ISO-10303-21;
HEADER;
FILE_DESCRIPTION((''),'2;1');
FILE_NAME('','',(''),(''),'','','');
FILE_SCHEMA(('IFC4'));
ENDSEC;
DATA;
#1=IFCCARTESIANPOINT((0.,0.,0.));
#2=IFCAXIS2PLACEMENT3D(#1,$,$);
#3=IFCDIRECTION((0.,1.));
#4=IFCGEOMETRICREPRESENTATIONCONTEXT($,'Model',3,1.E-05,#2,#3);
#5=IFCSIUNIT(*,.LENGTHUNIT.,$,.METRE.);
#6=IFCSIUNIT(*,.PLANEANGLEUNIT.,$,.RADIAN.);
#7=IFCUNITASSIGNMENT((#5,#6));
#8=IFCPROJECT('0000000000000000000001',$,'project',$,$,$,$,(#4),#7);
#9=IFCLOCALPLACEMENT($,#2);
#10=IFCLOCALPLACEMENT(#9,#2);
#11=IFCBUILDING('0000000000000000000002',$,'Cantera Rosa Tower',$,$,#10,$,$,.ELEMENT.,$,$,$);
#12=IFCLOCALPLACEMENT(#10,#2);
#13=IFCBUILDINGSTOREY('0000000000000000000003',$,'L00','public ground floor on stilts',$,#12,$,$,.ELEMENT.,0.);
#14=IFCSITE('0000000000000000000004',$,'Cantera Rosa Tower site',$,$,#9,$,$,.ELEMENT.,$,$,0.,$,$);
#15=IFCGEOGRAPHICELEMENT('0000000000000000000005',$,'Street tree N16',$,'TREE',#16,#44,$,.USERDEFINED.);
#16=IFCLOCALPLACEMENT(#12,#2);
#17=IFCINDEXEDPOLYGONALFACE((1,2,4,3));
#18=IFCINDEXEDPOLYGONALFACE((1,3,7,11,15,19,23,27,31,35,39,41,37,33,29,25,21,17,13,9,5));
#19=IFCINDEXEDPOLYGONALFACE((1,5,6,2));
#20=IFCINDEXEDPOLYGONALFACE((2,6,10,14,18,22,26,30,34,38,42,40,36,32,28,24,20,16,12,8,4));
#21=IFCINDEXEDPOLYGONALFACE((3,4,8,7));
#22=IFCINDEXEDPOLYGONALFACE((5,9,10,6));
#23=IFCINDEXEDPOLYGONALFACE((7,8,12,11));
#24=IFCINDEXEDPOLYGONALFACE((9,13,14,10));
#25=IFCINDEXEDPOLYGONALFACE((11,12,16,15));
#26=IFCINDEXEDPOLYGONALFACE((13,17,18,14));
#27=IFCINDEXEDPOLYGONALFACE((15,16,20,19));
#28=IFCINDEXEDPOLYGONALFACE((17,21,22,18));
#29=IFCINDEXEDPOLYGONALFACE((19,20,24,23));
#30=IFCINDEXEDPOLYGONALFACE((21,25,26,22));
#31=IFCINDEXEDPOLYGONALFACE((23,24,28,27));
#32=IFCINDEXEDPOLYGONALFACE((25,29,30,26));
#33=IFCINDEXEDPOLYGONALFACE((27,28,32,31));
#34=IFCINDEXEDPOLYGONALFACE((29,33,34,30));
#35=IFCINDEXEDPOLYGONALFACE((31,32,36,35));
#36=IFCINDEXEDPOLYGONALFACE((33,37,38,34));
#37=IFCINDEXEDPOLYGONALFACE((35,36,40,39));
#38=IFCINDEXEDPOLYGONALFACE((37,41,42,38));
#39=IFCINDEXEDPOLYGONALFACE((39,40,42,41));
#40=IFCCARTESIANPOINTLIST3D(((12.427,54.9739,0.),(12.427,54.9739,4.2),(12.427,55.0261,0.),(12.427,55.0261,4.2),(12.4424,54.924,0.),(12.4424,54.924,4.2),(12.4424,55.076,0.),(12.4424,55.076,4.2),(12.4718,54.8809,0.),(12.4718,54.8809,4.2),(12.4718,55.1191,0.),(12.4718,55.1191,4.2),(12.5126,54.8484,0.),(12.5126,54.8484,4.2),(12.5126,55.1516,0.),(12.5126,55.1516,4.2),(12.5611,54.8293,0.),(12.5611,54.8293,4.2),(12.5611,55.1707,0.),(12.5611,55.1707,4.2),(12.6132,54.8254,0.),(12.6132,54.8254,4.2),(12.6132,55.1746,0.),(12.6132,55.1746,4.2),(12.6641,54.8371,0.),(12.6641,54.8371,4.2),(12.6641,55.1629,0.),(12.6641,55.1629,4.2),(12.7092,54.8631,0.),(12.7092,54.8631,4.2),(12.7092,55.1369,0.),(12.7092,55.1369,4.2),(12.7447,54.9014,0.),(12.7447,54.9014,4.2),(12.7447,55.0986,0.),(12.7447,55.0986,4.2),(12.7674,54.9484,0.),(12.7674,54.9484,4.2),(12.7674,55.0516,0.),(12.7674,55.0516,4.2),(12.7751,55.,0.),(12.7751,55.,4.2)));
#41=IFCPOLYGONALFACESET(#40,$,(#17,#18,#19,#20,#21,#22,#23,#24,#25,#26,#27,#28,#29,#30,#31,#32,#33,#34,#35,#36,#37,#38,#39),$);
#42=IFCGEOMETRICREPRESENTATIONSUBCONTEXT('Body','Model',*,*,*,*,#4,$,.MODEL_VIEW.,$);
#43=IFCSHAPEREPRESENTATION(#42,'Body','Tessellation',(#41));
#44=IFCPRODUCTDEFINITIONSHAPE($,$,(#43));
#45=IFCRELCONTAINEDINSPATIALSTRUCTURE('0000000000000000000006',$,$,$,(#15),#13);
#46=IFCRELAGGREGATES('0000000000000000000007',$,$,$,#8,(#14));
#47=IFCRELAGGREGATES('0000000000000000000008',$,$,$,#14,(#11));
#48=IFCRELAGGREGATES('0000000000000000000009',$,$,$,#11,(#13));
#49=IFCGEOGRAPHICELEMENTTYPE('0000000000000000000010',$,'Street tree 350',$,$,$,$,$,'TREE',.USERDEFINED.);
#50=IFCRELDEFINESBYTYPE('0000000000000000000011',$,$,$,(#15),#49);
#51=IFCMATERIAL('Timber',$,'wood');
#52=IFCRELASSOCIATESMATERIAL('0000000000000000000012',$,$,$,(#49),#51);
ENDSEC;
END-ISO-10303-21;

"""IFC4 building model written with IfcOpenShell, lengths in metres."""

from ifc_helpers import new_model, si_unit, direction, frame, origin, origin_2d, place, context, subcontext, project, spatial, circle, extrude, material, material_profile, profile_set, type_object, element, save


model = new_model("IFC4")

# Units and contexts
model_context = context("Model", 3, precision=1e-05, world=origin(), true_north=direction((0.0, 1.0)))
body_context = subcontext(model_context, "Body", "Model", "MODEL_VIEW")
ifc_project = project(units=[si_unit("LENGTHUNIT", "METRE"), si_unit("PLANEANGLEUNIT", "RADIAN")], contexts=[model_context])

# Site, building, storey
site_placement = place(None, origin())
site = spatial("IfcSite", under=ifc_project, at=site_placement, Name="Cantera Rosa Tower site", CompositionType="ELEMENT", RefElevation=0.0)
building_placement = place(site_placement, origin())
building = spatial("IfcBuilding", under=site, at=building_placement, Name="Cantera Rosa Tower", CompositionType="ELEMENT")
storey_placement = place(building_placement, origin())
storey = spatial("IfcBuildingStorey", under=building, at=storey_placement, Name="L00", Description="public ground floor on stilts", CompositionType="ELEMENT", Elevation=0.0)

# Geographic element
ifc_material_1 = material(Name="Timber", Category="wood")
ifc_material_profile_1 = material_profile(ifc_material_1, circle(Radius=0.175, at=origin_2d()), Name="Street tree 350")
ifc_profile_set_1 = profile_set([ifc_material_profile_1], Name="Timber")
geographic_element_type = type_object("IfcGeographicElementType", Name="Street tree 350", ElementType="TREE", PredefinedType="USERDEFINED", material=ifc_profile_set_1)
geographic_element_placement = place(storey_placement, frame((12.6001, 55.0, 0.0), z_axis=(0.0, 0.0, 1.0), x_axis=(1.0, 0.0, 0.0)))
element("IfcGeographicElement", 1, at=geographic_element_placement, inside=storey, type_object=geographic_element_type, Name="Street tree N16", ObjectType="TREE", PredefinedType="USERDEFINED", context=body_context, shape_type="SweptSolid", body=[
    extrude(circle(Radius=0.175, at=origin_2d()), origin(), (0.0, 0.0, 1.0), 4.2),
])

save(model, "model.ifc")
